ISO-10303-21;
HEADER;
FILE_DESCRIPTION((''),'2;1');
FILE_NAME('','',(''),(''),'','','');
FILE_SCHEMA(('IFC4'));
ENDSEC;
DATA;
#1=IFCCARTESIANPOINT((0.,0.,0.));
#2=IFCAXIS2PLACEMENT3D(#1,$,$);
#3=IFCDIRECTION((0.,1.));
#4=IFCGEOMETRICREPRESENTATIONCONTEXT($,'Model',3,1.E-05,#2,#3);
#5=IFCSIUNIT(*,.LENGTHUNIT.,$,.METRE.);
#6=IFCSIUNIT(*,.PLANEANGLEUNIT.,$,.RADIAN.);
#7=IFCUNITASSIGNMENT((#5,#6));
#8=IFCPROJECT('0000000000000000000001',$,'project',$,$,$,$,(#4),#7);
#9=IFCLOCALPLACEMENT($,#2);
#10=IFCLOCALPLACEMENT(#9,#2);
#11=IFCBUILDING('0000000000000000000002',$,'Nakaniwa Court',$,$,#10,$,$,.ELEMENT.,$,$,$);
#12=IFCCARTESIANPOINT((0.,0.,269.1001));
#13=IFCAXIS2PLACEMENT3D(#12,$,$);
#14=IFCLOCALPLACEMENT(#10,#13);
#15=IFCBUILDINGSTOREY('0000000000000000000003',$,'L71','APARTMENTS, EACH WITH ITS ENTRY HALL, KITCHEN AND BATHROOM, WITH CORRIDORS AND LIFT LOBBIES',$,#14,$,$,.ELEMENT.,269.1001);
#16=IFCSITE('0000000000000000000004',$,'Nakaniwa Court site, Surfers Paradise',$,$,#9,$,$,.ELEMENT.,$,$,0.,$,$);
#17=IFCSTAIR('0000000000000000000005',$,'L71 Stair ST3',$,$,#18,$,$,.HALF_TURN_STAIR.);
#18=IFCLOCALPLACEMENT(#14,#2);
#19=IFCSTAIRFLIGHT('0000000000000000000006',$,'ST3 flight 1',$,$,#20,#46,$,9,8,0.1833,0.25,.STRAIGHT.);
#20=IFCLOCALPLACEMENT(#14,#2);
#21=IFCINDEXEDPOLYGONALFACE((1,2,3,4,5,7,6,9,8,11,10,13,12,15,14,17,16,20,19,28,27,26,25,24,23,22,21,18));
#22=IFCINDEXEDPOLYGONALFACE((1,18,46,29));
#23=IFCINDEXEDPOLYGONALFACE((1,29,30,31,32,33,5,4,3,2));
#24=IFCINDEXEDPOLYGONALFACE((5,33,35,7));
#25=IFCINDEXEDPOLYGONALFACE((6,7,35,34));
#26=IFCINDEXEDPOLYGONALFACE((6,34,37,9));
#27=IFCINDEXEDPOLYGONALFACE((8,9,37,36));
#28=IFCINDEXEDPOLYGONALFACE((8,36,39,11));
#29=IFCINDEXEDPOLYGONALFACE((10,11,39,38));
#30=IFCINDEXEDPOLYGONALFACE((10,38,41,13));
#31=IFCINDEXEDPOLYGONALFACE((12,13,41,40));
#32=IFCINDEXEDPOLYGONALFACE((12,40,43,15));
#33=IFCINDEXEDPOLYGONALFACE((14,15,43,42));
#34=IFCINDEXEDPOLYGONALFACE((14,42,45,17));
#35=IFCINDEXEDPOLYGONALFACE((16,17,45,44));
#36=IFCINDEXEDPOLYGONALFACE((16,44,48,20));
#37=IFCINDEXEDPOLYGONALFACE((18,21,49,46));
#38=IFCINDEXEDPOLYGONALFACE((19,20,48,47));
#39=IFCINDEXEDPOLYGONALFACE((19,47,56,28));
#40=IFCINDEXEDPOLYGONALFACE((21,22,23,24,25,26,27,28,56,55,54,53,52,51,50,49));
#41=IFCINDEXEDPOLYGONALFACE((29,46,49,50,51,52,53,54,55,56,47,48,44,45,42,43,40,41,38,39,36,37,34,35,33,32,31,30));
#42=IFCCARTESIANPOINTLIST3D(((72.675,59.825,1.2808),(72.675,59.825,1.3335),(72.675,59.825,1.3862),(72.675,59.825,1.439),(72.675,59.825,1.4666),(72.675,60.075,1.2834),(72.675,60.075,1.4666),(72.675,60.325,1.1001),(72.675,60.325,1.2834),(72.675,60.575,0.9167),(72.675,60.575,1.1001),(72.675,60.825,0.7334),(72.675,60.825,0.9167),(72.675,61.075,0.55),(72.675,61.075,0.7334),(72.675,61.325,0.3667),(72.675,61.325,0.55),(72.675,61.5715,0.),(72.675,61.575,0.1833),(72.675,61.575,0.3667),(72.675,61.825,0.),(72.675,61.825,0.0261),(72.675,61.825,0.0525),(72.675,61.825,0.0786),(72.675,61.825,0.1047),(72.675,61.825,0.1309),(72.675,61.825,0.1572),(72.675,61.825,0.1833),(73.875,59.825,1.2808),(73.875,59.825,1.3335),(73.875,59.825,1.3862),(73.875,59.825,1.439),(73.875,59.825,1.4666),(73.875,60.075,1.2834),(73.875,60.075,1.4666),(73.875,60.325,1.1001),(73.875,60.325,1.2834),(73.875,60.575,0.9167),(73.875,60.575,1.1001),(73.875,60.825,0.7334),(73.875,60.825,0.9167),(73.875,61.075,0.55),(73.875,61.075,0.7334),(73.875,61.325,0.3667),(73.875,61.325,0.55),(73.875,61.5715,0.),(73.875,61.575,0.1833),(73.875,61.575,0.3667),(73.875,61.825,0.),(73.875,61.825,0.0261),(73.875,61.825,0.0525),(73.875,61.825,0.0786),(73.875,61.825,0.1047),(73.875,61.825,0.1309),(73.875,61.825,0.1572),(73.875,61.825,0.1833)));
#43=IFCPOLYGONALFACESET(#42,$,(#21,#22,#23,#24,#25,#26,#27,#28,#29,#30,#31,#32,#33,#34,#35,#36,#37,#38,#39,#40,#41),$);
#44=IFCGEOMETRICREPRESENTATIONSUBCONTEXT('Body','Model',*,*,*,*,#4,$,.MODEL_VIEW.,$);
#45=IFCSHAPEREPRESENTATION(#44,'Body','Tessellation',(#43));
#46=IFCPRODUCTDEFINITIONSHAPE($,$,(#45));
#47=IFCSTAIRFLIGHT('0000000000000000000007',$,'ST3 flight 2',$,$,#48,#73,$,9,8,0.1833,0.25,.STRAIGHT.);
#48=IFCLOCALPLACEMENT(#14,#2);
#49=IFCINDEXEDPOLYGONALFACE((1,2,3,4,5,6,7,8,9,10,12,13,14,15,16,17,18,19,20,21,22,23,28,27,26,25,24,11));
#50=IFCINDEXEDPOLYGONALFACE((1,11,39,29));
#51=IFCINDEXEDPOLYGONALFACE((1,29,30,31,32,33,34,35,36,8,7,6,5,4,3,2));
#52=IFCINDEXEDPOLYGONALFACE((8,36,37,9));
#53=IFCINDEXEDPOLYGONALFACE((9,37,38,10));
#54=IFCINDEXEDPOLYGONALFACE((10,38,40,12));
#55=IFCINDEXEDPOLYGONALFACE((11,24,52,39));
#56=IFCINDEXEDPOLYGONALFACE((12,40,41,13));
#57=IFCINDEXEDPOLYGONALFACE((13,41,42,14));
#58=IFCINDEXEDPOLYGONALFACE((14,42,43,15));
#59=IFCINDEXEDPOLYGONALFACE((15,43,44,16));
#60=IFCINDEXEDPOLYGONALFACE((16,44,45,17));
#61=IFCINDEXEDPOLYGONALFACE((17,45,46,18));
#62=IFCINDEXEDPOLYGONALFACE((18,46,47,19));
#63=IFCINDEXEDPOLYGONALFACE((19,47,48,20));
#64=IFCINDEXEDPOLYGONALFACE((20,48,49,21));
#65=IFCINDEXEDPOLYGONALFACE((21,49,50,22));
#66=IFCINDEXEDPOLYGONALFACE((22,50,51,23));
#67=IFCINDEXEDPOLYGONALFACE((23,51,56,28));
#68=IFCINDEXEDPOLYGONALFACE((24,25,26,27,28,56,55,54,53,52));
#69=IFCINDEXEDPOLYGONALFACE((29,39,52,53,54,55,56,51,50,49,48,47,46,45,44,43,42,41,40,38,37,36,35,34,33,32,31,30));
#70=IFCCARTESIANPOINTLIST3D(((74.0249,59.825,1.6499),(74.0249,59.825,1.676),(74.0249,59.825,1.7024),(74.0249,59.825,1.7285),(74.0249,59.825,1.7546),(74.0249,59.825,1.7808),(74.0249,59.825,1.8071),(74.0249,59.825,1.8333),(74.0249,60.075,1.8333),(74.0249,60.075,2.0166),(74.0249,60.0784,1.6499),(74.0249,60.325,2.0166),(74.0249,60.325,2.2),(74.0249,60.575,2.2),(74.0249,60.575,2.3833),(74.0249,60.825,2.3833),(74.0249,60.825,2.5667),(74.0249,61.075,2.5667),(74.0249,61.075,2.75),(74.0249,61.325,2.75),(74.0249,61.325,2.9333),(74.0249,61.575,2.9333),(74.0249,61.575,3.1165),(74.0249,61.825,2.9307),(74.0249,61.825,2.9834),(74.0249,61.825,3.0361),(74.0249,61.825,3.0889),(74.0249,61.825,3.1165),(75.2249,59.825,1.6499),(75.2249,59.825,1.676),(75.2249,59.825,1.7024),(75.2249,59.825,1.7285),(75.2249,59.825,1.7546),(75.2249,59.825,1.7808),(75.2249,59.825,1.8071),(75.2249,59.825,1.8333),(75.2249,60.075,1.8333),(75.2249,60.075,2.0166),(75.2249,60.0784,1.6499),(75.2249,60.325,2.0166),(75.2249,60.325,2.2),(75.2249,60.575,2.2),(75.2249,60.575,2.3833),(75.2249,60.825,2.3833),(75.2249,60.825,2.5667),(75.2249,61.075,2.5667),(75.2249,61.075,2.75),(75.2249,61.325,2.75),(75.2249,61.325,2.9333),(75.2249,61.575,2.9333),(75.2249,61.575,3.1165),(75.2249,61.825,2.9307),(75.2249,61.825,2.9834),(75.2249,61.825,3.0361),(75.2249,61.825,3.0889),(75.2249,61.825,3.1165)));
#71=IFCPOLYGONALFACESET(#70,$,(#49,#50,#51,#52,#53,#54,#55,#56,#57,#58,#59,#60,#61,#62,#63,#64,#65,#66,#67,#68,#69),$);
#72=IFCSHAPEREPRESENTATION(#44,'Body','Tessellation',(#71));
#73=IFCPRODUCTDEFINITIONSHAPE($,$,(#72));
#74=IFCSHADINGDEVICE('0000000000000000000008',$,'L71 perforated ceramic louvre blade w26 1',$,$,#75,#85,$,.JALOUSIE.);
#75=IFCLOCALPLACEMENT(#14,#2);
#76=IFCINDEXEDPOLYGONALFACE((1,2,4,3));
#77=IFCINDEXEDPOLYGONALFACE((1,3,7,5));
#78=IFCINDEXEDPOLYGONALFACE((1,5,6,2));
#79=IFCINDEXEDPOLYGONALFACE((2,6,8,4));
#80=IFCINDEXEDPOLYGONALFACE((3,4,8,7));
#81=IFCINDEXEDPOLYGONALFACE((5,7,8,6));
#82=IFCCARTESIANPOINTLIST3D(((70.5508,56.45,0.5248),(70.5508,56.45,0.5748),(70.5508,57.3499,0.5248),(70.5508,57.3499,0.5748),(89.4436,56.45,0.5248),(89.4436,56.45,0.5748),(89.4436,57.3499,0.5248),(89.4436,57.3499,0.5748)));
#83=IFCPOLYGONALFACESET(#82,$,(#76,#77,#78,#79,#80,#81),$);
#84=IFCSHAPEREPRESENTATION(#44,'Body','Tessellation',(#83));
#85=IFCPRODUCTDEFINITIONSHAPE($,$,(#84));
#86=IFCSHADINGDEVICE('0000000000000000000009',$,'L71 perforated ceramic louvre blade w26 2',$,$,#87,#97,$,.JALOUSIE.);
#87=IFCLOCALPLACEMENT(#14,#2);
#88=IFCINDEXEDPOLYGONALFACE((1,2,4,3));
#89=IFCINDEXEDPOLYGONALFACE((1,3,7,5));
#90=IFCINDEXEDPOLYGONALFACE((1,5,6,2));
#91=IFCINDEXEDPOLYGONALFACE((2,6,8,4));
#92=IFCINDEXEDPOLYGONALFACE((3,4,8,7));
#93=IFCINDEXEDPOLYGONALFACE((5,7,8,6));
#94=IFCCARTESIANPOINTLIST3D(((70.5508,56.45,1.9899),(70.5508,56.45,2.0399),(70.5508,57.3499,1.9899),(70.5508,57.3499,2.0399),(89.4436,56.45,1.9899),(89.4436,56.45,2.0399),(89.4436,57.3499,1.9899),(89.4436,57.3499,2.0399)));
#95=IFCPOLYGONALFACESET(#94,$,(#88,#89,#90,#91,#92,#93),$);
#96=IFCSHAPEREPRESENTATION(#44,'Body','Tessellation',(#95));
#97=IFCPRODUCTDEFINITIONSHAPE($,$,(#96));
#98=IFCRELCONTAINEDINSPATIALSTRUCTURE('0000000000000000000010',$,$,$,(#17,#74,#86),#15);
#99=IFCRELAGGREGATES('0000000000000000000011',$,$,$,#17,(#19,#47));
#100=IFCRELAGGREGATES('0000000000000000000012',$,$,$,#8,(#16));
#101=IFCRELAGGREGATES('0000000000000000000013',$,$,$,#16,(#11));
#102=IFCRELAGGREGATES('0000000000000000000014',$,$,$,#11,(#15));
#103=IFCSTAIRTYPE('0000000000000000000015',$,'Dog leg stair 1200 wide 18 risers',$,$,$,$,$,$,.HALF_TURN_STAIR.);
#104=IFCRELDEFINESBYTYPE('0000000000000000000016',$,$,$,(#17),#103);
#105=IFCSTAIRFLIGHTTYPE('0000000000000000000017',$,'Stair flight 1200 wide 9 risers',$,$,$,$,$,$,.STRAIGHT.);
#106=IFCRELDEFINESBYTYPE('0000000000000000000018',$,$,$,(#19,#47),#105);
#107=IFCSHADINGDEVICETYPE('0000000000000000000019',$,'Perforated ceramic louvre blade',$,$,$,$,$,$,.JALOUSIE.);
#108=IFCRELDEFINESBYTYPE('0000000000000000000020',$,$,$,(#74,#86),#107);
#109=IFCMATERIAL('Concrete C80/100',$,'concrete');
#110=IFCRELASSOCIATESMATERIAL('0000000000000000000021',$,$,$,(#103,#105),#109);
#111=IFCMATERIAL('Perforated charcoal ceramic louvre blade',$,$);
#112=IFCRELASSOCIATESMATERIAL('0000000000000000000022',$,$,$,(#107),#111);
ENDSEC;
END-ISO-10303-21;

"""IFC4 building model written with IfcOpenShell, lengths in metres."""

from ifc_helpers import new_model, si_unit, direction, frame, origin, origin_2d, place, context, subcontext, project, spatial, polyline, rectangle, outline, extrude, material, material_profile, profile_set, type_object, element, aggregate, save


model = new_model("IFC4")

# Units and contexts
model_context = context("Model", 3, precision=1e-05, world=origin(), true_north=direction((0.0, 1.0)))
body_context = subcontext(model_context, "Body", "Model", "MODEL_VIEW")
ifc_project = project(units=[si_unit("LENGTHUNIT", "METRE"), si_unit("PLANEANGLEUNIT", "RADIAN")], contexts=[model_context])

# Site, building, storey
site_placement = place(None, origin())
site = spatial("IfcSite", under=ifc_project, at=site_placement, Name="Nakaniwa Court site, Surfers Paradise", CompositionType="ELEMENT", RefElevation=0.0)
building_placement = place(site_placement, origin())
building = spatial("IfcBuilding", under=site, at=building_placement, Name="Nakaniwa Court", CompositionType="ELEMENT")
storey_placement = place(building_placement, frame((0.0, 0.0, 269.1001)))
storey = spatial("IfcBuildingStorey", under=building, at=storey_placement, Name="L71", Description="APARTMENTS, EACH WITH ITS ENTRY HALL, KITCHEN AND BATHROOM, WITH CORRIDORS AND LIFT LOBBIES", CompositionType="ELEMENT", Elevation=269.1001)

# Shared definitions
ifc_material_1 = material(Name="Concrete C80/100", Category="concrete")

# Stair, stair flights
stair_type = type_object("IfcStairType", Name="Dog leg stair 1200 wide 18 risers", PredefinedType="HALF_TURN_STAIR", material=ifc_material_1)
stair_placement = place(storey_placement, origin())
stair = element("IfcStair", 1, at=stair_placement, inside=storey, type_object=stair_type, Name="L71 Stair ST3", PredefinedType="HALF_TURN_STAIR")
stair_flight_type = type_object("IfcStairFlightType", Name="Stair flight 1200 wide 9 risers", PredefinedType="STRAIGHT", material=ifc_material_1)
stair_flight_1_placement = place(storey_placement, frame((73.2749, 61.825, 0.0), z_axis=(0.0, 0.0, 1.0), x_axis=(0.0, -1.0, 0.0)))
stair_flight_1 = element("IfcStairFlight", 2, at=stair_flight_1_placement, type_object=stair_flight_type, Name="ST3 flight 1", NumberOfRisers=9, NumberOfTreads=8, PredefinedType="STRAIGHT", RiserHeight=0.1833, TreadLength=0.25, context=body_context, shape_type="SweptSolid", body=[
    extrude(outline(polyline([(0.0, 0.0), (0.0, 0.0261), (0.0, 0.0525), (0.0, 0.0786), (0.0, 0.1047), (0.0, 0.1309), (0.0, 0.1572), (0.0, 0.1833), (0.25, 0.1833), (0.25, 0.3667), (0.5, 0.3667), (0.5, 0.55), (0.75, 0.55), (0.75, 0.7334), (1.0, 0.7334), (1.0, 0.9167), (1.25, 0.9167), (1.25, 1.1001), (1.5, 1.1001), (1.5, 1.2834), (1.75, 1.2834), (1.75, 1.4666), (2.0, 1.4666), (2.0, 1.6499), (2.0, 1.5972), (2.0, 1.5444), (2.0, 1.4917), (2.0, 1.439), (2.0, 1.3862), (2.0, 1.3335), (2.0, 1.2808), (0.2534, 0.0), (0.0, 0.0)])), frame((0.0, 0.6001, 0.0), z_axis=(0.0, -1.0, 0.0), x_axis=(1.0, 0.0, 0.0)), (0.0, 0.0, 1.0), 1.2),
])
stair_flight_2_placement = place(storey_placement, frame((74.625, 59.825, 1.6499), z_axis=(0.0, 0.0, 1.0), x_axis=(0.0, 1.0, 0.0)))
stair_flight_2 = element("IfcStairFlight", 3, at=stair_flight_2_placement, type_object=stair_flight_type, Name="ST3 flight 2", NumberOfRisers=9, NumberOfTreads=8, PredefinedType="STRAIGHT", RiserHeight=0.1833, TreadLength=0.25, context=body_context, shape_type="SweptSolid", body=[
    extrude(outline(polyline([(0.0, 0.0), (0.0, 0.0261), (0.0, 0.0525), (0.0, 0.0786), (0.0, 0.1047), (0.0, 0.1309), (0.0, 0.1572), (0.0, 0.1833), (0.25, 0.1833), (0.25, 0.3667), (0.5, 0.3667), (0.5, 0.55), (0.75, 0.55), (0.75, 0.7334), (1.0, 0.7334), (1.0, 0.9167), (1.25, 0.9167), (1.25, 1.1001), (1.5, 1.1001), (1.5, 1.2834), (1.75, 1.2834), (1.75, 1.4666), (2.0, 1.4666), (2.0, 1.6499), (2.0, 1.5972), (2.0, 1.5444), (2.0, 1.4917), (2.0, 1.439), (2.0, 1.3862), (2.0, 1.3335), (2.0, 1.2808), (0.2534, 0.0), (0.0, 0.0)])), frame((0.0, 0.6001, 0.0), z_axis=(0.0, -1.0, 0.0), x_axis=(1.0, 0.0, 0.0)), (0.0, 0.0, 1.0), 1.2),
])
aggregate(stair, [stair_flight_1, stair_flight_2])

# Shading devices
ifc_material_2 = material(Name="Perforated charcoal ceramic louvre blade")
ifc_material_profile = material_profile(ifc_material_2, rectangle(XDim=0.8999, YDim=0.05, at=origin_2d()), Name="Perforated ceramic louvre blade")
ifc_profile_set = profile_set([ifc_material_profile], Name="Perforated charcoal ceramic louvre blade")
shading_device_type = type_object("IfcShadingDeviceType", Name="Perforated ceramic louvre blade", PredefinedType="JALOUSIE", material=ifc_profile_set)
for number, where, z_axis, x_axis, name in (
    (4, (70.5508, 56.8999, 0.5498), (1.0, 0.0, 0.0), (0.0, 1.0, 0.0), "L71 perforated ceramic louvre blade w26 1"),
    (5, (70.5508, 56.8999, 2.0149), (1.0, 0.0, 0.0), (0.0, 1.0, 0.0), "L71 perforated ceramic louvre blade w26 2"),
):
    element("IfcShadingDevice", number, at=place(storey_placement, frame(where, z_axis=z_axis, x_axis=x_axis)), inside=storey, type_object=shading_device_type, Name=name, PredefinedType="JALOUSIE", context=body_context, shape_type="SweptSolid", body=[
        extrude(rectangle(XDim=0.8999, YDim=0.05, at=origin_2d()), origin(), (0.0, 0.0, 1.0), 18.8928),
    ])

save(model, "model.ifc")
